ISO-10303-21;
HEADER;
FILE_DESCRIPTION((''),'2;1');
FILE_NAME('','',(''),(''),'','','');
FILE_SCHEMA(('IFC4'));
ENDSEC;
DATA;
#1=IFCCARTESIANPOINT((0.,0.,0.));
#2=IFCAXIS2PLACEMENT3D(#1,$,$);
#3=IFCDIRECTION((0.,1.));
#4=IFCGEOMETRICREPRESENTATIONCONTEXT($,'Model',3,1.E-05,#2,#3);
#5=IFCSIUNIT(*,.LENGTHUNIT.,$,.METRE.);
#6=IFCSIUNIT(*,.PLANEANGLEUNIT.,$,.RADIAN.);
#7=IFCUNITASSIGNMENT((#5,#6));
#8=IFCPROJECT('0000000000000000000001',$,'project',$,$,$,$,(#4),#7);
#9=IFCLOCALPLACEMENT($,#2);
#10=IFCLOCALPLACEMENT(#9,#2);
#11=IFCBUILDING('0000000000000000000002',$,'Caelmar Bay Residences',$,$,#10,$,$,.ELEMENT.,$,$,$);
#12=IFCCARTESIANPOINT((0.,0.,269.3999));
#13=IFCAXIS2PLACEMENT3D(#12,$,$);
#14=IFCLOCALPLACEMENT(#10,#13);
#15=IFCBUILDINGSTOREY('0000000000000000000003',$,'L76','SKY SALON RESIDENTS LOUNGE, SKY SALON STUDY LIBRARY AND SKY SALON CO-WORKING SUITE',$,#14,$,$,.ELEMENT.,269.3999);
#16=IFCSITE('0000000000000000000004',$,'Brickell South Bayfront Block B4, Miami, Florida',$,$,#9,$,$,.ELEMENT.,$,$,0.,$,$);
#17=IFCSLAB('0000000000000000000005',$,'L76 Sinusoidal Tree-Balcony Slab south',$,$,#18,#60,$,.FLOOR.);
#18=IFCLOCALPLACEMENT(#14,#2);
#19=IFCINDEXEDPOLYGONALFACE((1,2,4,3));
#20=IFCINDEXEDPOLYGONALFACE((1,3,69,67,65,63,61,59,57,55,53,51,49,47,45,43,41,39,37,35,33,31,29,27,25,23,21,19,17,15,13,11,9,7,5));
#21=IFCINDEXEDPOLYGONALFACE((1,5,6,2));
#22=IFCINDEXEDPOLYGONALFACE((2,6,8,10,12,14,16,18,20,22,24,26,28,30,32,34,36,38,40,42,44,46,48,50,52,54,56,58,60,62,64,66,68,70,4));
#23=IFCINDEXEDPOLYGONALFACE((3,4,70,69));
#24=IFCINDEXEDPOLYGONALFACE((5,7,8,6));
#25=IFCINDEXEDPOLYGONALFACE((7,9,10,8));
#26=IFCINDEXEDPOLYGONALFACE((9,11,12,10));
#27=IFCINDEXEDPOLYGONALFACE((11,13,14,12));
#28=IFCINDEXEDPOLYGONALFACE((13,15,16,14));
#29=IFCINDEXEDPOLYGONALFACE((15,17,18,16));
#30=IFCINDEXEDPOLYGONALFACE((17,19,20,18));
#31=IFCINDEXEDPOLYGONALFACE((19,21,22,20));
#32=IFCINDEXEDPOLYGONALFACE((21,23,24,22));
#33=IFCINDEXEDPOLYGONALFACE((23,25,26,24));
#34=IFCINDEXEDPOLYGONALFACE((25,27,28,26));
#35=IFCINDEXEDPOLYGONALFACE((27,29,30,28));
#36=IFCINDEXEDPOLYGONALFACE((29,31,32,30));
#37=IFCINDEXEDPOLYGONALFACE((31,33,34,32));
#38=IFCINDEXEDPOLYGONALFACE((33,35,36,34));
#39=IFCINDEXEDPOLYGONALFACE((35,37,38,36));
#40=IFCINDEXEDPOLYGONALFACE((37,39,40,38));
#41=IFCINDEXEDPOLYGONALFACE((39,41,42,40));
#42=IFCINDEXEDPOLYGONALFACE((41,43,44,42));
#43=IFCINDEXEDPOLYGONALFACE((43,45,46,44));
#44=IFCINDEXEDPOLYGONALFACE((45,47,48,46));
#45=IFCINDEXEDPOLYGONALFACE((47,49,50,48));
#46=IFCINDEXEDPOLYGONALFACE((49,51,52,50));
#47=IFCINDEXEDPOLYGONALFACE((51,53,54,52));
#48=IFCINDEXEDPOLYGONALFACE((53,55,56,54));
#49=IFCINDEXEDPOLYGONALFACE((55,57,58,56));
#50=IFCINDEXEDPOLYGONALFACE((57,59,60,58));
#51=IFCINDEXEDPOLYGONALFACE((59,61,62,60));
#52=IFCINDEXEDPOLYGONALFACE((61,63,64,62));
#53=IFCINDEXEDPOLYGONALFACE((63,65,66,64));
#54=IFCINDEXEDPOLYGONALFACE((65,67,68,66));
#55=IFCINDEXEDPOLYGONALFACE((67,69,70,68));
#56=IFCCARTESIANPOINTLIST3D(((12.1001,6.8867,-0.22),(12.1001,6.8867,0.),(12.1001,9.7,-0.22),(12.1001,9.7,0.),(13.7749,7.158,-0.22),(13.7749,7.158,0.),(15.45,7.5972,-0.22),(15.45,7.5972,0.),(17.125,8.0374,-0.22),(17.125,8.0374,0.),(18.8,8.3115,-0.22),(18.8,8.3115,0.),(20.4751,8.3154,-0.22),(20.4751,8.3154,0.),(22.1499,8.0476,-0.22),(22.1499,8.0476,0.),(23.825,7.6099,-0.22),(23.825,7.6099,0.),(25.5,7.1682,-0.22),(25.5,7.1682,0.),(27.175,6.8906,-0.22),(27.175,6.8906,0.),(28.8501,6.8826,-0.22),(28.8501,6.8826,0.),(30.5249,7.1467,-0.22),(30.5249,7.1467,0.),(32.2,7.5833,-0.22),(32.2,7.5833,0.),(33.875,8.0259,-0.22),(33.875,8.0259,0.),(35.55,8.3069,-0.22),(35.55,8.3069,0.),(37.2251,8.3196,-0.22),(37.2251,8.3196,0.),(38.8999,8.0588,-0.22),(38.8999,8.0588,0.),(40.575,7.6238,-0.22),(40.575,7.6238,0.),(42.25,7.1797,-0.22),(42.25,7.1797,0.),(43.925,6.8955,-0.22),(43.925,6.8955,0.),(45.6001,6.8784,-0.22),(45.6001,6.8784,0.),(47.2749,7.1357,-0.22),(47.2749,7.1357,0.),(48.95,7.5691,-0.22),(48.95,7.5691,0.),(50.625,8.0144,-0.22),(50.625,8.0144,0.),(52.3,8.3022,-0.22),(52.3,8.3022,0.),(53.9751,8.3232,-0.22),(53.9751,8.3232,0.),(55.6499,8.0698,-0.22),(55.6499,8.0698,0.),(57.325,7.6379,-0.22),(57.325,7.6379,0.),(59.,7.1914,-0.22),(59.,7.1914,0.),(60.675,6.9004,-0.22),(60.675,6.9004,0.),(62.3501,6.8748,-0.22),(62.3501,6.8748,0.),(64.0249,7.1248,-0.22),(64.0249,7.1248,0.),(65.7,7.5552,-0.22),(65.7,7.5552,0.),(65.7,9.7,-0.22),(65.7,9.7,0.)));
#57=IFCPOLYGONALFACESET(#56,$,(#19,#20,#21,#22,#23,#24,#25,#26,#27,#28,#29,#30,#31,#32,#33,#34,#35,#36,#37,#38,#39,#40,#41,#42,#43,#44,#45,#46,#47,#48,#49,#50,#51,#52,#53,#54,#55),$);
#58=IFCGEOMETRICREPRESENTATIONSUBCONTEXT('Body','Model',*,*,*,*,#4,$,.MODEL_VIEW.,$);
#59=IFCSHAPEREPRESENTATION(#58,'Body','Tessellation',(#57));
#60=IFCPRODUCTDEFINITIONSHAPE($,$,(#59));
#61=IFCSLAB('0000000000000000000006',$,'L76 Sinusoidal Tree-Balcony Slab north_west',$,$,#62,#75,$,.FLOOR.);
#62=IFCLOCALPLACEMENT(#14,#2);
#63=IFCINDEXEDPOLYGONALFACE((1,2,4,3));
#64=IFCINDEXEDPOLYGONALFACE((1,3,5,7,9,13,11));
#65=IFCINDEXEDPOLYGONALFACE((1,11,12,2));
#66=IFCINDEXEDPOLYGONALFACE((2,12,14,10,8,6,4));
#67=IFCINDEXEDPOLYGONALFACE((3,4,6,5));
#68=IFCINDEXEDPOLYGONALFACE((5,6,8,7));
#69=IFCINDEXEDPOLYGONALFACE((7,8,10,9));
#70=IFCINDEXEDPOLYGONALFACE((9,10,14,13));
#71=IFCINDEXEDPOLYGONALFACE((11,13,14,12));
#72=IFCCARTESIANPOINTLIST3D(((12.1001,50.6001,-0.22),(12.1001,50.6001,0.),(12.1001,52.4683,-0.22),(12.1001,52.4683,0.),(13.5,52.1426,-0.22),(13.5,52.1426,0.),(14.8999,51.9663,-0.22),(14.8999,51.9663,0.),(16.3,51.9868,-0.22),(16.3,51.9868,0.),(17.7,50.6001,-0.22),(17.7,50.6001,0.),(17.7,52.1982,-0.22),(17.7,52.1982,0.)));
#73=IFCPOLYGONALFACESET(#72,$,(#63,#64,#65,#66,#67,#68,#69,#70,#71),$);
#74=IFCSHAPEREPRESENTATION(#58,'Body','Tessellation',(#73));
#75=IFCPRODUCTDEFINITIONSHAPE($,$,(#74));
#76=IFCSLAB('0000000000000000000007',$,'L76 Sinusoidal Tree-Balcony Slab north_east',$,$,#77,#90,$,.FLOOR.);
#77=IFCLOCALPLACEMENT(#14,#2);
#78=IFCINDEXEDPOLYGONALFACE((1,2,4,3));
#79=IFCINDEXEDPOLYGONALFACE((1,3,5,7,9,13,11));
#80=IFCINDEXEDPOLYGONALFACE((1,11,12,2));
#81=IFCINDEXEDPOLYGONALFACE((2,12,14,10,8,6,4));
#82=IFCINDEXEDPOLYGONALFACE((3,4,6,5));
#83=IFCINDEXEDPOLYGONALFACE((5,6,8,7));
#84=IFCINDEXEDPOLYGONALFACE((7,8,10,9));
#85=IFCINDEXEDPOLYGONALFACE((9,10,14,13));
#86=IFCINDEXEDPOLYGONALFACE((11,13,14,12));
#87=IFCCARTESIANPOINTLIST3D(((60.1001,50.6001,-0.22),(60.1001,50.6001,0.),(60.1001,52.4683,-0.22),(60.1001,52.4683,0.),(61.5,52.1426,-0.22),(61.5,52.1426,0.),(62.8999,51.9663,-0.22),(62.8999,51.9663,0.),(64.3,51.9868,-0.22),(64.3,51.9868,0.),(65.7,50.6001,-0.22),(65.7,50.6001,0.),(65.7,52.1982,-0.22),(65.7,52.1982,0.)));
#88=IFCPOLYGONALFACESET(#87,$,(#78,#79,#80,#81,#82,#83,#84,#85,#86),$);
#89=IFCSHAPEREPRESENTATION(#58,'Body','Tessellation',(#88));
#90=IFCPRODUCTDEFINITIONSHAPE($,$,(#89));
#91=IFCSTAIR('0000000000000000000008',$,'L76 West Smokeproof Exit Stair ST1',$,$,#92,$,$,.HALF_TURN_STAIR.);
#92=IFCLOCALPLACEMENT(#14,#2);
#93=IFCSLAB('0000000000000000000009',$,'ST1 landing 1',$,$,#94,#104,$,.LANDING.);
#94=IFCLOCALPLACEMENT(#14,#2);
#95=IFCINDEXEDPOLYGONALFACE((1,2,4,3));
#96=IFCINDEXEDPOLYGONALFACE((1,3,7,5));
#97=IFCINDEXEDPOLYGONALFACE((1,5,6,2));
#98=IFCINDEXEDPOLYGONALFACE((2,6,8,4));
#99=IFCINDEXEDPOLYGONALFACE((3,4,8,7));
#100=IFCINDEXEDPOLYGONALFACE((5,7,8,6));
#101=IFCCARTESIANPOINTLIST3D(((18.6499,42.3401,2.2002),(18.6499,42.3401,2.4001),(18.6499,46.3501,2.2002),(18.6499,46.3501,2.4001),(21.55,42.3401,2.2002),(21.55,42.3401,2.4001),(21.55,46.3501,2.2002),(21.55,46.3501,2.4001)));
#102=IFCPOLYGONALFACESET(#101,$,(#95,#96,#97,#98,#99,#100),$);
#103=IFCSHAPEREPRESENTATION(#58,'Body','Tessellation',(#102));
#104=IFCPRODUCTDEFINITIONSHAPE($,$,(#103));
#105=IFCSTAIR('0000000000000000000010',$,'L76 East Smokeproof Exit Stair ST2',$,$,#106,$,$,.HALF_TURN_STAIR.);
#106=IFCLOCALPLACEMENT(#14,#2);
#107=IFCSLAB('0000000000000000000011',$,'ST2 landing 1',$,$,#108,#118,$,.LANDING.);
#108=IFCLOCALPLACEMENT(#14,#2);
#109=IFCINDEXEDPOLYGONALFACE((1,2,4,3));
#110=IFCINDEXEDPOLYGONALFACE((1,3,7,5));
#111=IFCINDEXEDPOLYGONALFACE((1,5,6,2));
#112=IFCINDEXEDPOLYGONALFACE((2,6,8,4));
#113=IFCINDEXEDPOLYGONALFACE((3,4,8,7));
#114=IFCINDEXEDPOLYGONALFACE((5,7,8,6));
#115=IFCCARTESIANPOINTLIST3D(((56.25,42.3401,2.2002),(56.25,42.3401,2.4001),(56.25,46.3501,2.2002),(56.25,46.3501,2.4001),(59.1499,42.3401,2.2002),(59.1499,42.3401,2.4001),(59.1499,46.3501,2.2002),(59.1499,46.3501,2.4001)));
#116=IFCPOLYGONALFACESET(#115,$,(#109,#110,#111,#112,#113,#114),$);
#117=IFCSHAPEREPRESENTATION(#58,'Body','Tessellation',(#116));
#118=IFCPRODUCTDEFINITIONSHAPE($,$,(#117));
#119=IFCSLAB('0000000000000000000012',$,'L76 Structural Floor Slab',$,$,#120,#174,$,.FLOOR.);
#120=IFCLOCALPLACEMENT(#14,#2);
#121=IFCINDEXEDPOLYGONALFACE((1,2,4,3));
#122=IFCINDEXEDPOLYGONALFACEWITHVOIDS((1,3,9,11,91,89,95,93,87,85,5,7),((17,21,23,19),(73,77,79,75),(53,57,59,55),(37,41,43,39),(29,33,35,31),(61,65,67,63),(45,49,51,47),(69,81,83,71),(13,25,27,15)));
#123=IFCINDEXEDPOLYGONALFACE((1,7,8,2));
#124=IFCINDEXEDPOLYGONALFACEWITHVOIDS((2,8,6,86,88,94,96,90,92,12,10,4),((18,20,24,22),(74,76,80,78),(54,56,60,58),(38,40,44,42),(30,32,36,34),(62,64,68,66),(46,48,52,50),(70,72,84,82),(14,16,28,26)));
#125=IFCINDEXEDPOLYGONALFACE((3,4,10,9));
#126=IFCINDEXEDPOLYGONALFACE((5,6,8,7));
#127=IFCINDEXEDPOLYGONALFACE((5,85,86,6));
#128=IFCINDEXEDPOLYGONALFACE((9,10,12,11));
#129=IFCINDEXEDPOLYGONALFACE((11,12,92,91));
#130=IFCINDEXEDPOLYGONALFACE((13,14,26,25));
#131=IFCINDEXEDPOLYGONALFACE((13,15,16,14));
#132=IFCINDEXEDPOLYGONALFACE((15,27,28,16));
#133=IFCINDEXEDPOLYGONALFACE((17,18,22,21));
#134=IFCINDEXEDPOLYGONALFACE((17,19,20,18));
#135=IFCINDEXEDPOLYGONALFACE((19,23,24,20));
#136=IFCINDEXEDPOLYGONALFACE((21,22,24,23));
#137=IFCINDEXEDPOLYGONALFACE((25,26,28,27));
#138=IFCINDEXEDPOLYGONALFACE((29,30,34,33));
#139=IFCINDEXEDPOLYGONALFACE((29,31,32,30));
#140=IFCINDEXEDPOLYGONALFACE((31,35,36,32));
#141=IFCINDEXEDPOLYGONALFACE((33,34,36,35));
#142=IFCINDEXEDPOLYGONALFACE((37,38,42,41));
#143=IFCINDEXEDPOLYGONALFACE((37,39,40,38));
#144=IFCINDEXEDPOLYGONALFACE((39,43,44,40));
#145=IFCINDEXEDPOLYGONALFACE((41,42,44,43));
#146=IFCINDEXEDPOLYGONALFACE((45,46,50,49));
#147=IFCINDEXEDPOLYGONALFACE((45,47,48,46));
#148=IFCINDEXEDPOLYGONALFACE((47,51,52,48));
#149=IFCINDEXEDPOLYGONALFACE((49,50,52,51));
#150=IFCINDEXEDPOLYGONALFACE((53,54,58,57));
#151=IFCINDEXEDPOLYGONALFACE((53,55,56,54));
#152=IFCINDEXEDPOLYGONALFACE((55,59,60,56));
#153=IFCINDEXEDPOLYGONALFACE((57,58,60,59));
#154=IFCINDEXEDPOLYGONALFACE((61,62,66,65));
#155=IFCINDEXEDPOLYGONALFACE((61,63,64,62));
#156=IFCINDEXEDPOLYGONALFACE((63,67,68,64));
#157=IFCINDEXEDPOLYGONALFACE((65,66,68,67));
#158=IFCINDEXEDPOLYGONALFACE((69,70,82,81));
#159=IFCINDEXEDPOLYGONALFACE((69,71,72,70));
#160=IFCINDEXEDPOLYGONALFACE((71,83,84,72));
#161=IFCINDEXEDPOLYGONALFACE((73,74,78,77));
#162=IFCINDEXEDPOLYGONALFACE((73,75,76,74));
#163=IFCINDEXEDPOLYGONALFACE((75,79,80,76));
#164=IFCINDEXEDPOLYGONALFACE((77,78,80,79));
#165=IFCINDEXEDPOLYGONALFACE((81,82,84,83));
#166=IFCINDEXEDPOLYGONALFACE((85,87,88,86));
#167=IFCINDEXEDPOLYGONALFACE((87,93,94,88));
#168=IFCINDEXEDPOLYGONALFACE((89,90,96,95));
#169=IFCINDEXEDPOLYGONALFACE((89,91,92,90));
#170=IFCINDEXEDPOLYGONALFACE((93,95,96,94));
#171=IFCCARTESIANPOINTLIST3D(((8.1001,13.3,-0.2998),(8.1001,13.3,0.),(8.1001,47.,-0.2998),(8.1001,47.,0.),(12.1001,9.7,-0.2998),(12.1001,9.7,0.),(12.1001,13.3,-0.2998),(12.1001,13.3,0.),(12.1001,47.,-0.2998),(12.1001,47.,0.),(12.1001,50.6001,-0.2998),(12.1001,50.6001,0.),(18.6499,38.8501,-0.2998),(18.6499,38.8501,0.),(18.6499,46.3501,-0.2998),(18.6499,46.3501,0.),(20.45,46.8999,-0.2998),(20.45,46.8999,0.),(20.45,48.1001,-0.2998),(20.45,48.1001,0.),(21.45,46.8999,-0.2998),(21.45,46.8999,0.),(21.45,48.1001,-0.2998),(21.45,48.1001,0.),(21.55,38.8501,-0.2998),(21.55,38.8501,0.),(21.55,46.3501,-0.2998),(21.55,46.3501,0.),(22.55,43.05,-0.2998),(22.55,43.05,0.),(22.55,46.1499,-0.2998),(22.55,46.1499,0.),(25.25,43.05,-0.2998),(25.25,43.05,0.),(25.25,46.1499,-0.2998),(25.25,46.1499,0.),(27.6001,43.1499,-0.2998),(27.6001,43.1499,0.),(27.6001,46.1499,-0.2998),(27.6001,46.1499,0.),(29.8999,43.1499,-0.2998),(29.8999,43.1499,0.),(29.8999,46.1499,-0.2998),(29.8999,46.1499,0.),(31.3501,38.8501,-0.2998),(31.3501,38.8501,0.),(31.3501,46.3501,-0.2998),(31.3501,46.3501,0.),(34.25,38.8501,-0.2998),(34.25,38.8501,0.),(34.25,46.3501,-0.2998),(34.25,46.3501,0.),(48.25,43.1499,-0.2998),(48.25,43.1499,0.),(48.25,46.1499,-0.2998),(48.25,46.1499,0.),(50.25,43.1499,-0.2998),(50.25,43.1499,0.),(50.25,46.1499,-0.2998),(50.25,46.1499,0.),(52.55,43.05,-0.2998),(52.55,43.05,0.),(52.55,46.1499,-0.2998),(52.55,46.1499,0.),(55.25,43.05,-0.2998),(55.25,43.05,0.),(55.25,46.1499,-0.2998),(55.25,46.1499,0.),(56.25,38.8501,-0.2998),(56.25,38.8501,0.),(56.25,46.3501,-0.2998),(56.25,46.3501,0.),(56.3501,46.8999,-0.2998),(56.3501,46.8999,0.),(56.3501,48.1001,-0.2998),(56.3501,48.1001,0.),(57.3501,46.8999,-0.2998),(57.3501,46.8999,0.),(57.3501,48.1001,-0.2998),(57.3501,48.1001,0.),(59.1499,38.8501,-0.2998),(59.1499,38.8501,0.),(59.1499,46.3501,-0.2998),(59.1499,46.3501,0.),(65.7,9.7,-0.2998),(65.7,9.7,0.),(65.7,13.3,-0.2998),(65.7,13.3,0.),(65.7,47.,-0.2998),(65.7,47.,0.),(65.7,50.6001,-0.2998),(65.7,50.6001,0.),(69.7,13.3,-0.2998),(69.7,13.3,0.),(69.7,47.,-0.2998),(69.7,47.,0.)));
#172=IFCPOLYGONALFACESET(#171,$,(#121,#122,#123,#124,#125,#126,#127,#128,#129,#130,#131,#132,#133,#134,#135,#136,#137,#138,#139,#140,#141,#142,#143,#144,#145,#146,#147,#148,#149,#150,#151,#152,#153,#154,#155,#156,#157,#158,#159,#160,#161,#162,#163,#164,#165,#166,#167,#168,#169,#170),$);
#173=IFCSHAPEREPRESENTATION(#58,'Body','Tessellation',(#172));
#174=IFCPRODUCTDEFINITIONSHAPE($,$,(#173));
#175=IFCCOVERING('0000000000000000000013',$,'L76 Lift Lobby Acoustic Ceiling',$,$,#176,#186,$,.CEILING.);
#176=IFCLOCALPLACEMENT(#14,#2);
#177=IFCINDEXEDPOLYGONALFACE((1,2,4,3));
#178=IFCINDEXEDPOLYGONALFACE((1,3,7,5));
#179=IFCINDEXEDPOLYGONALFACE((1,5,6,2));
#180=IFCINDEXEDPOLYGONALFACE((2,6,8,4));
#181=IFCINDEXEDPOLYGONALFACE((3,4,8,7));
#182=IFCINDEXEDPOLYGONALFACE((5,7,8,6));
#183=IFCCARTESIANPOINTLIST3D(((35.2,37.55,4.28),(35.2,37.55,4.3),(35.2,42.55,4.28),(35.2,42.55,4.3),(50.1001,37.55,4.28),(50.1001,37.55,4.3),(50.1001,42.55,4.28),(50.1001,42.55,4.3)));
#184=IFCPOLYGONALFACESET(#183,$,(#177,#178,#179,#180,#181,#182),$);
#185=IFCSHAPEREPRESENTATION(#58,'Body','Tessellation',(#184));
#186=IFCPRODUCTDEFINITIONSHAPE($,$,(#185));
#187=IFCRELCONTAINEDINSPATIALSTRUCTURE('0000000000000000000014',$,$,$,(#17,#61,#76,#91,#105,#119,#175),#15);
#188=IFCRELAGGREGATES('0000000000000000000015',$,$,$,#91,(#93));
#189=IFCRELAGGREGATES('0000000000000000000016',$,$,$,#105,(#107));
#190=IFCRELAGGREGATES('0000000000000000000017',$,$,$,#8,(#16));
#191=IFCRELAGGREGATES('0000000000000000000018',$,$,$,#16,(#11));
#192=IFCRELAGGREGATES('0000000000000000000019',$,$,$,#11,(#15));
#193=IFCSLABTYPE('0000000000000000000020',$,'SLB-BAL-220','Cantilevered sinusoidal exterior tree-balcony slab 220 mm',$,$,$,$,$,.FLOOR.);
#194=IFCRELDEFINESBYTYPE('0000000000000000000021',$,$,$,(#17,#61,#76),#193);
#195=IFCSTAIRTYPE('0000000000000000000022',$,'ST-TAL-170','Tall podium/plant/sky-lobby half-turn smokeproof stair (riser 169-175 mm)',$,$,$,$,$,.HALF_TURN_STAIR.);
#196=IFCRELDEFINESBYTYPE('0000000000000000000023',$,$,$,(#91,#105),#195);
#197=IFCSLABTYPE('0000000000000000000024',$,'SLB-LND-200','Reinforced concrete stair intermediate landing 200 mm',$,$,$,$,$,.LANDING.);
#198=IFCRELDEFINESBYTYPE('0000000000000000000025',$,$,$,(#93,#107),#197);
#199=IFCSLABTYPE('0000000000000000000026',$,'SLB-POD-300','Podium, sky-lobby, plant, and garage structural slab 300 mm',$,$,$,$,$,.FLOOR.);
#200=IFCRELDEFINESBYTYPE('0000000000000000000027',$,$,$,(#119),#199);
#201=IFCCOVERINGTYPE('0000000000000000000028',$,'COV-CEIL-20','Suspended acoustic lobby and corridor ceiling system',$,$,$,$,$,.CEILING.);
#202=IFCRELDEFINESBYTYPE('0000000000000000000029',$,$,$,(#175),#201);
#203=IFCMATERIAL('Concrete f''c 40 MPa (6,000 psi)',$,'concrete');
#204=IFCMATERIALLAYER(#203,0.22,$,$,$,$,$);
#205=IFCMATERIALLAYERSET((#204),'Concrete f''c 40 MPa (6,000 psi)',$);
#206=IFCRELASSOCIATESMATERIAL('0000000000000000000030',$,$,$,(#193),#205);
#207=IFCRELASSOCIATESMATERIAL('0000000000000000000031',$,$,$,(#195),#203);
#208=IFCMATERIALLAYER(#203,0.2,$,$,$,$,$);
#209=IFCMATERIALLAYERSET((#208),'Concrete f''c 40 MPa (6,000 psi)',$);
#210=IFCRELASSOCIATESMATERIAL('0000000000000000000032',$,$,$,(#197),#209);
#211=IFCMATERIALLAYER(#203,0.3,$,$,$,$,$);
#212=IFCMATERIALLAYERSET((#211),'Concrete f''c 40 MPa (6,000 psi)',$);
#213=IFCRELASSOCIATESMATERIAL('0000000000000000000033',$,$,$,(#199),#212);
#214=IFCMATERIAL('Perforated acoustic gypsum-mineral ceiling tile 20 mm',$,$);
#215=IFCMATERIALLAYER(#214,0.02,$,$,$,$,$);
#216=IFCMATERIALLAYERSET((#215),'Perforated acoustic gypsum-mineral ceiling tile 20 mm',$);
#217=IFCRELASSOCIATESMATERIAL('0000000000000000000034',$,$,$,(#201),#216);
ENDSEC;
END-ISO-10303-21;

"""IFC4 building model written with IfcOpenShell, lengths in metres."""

from ifc_helpers import new_model, si_unit, direction, frame, origin, place, context, subcontext, project, spatial, polyline, outline, extrude, material, layer, layer_set, type_object, element, aggregate, save


model = new_model("IFC4")

# Units and contexts
model_context = context("Model", 3, precision=1e-05, world=origin(), true_north=direction((0.0, 1.0)))
body_context = subcontext(model_context, "Body", "Model", "MODEL_VIEW")
ifc_project = project(units=[si_unit("LENGTHUNIT", "METRE"), si_unit("PLANEANGLEUNIT", "RADIAN")], contexts=[model_context])

# Site, building, storey
site_placement = place(None, origin())
site = spatial("IfcSite", under=ifc_project, at=site_placement, Name="Brickell South Bayfront Block B4, Miami, Florida", CompositionType="ELEMENT", RefElevation=0.0)
building_placement = place(site_placement, origin())
building = spatial("IfcBuilding", under=site, at=building_placement, Name="Caelmar Bay Residences", CompositionType="ELEMENT")
storey_placement = place(building_placement, frame((0.0, 0.0, 269.3999)))
storey = spatial("IfcBuildingStorey", under=building, at=storey_placement, Name="L76", Description="SKY SALON RESIDENTS LOUNGE, SKY SALON STUDY LIBRARY AND SKY SALON CO-WORKING SUITE", CompositionType="ELEMENT", Elevation=269.3999)

# Slabs
ifc_material_1 = material(Name="Concrete f'c 40 MPa (6,000 psi)", Category="concrete")
ifc_layer_1 = layer(ifc_material_1, 0.22)
ifc_layer_set_1 = layer_set([ifc_layer_1], Name="Concrete f'c 40 MPa (6,000 psi)")
slab_type_1 = type_object("IfcSlabType", Name="SLB-BAL-220", Description="Cantilevered sinusoidal exterior tree-balcony slab 220 mm", PredefinedType="FLOOR", material=ifc_layer_set_1)
slab_1_placement = place(storey_placement, frame((0.0, 0.0, -0.22)))
element("IfcSlab", 1, at=slab_1_placement, inside=storey, type_object=slab_type_1, Name="L76 Sinusoidal Tree-Balcony Slab south", PredefinedType="FLOOR", context=body_context, shape_type="SweptSolid", body=[
    extrude(outline(polyline([(12.1001, 6.8867), (13.7749, 7.158), (15.45, 7.5972), (17.125, 8.0374), (18.8, 8.3115), (20.4751, 8.3154), (22.1499, 8.0476), (23.825, 7.6099), (25.5, 7.1682), (27.175, 6.8906), (28.8501, 6.8826), (30.5249, 7.1467), (32.2, 7.5833), (33.875, 8.0259), (35.55, 8.3069), (37.2251, 8.3196), (38.8999, 8.0588), (40.575, 7.6238), (42.25, 7.1797), (43.925, 6.8955), (45.6001, 6.8784), (47.2749, 7.1357), (48.95, 7.5691), (50.625, 8.0144), (52.3, 8.3022), (53.9751, 8.3232), (55.6499, 8.0698), (57.325, 7.6379), (59.0, 7.1914), (60.675, 6.9004), (62.3501, 6.8748), (64.0249, 7.1248), (65.7, 7.5552), (65.7, 9.7), (12.1001, 9.7), (12.1001, 6.8867)])), origin(), (0.0, 0.0, 1.0), 0.22),
])
slab_2_placement = place(storey_placement, frame((0.0, 0.0, -0.22)))
element("IfcSlab", 2, at=slab_2_placement, inside=storey, type_object=slab_type_1, Name="L76 Sinusoidal Tree-Balcony Slab north_west", PredefinedType="FLOOR", context=body_context, shape_type="SweptSolid", body=[
    extrude(outline(polyline([(12.1001, 50.6001), (17.7, 50.6001), (17.7, 52.1982), (16.3, 51.9868), (14.8999, 51.9663), (13.5, 52.1426), (12.1001, 52.4683), (12.1001, 50.6001)])), origin(), (0.0, 0.0, 1.0), 0.22),
])
slab_3_placement = place(storey_placement, frame((0.0, 0.0, -0.22)))
element("IfcSlab", 3, at=slab_3_placement, inside=storey, type_object=slab_type_1, Name="L76 Sinusoidal Tree-Balcony Slab north_east", PredefinedType="FLOOR", context=body_context, shape_type="SweptSolid", body=[
    extrude(outline(polyline([(60.1001, 50.6001), (65.7, 50.6001), (65.7, 52.1982), (64.3, 51.9868), (62.8999, 51.9663), (61.5, 52.1426), (60.1001, 52.4683), (60.1001, 50.6001)])), origin(), (0.0, 0.0, 1.0), 0.22),
])

# Stairs, slabs
stair_type = type_object("IfcStairType", Name="ST-TAL-170", Description="Tall podium/plant/sky-lobby half-turn smokeproof stair (riser 169-175 mm)", PredefinedType="HALF_TURN_STAIR", material=ifc_material_1)
stair_1_placement = place(storey_placement, origin())
stair_1 = element("IfcStair", 4, at=stair_1_placement, inside=storey, type_object=stair_type, Name="L76 West Smokeproof Exit Stair ST1", PredefinedType="HALF_TURN_STAIR")
ifc_layer_2 = layer(ifc_material_1, 0.2)
ifc_layer_set_2 = layer_set([ifc_layer_2], Name="Concrete f'c 40 MPa (6,000 psi)")
slab_type_2 = type_object("IfcSlabType", Name="SLB-LND-200", Description="Reinforced concrete stair intermediate landing 200 mm", PredefinedType="LANDING", material=ifc_layer_set_2)
slab_4_placement = place(storey_placement, frame((0.0, 0.0, 2.2002)))
slab_4 = element("IfcSlab", 5, at=slab_4_placement, type_object=slab_type_2, Name="ST1 landing 1", PredefinedType="LANDING", context=body_context, shape_type="SweptSolid", body=[
    extrude(outline(polyline([(21.55, 42.3401), (21.55, 46.3501), (18.6499, 46.3501), (18.6499, 42.3401), (21.55, 42.3401)])), origin(), (0.0, 0.0, 1.0), 0.2),
])
aggregate(stair_1, [slab_4])
stair_2_placement = place(storey_placement, origin())
stair_2 = element("IfcStair", 6, at=stair_2_placement, inside=storey, type_object=stair_type, Name="L76 East Smokeproof Exit Stair ST2", PredefinedType="HALF_TURN_STAIR")
slab_5_placement = place(storey_placement, frame((0.0, 0.0, 2.2002)))
slab_5 = element("IfcSlab", 7, at=slab_5_placement, type_object=slab_type_2, Name="ST2 landing 1", PredefinedType="LANDING", context=body_context, shape_type="SweptSolid", body=[
    extrude(outline(polyline([(59.1499, 42.3401), (59.1499, 46.3501), (56.25, 46.3501), (56.25, 42.3401), (59.1499, 42.3401)])), origin(), (0.0, 0.0, 1.0), 0.2),
])
aggregate(stair_2, [slab_5])

# Slab
ifc_layer_3 = layer(ifc_material_1, 0.3)
ifc_layer_set_3 = layer_set([ifc_layer_3], Name="Concrete f'c 40 MPa (6,000 psi)")
slab_type_3 = type_object("IfcSlabType", Name="SLB-POD-300", Description="Podium, sky-lobby, plant, and garage structural slab 300 mm", PredefinedType="FLOOR", material=ifc_layer_set_3)
slab_6_placement = place(storey_placement, frame((0.0, 0.0, -0.2998)))
element("IfcSlab", 8, at=slab_6_placement, inside=storey, type_object=slab_type_3, Name="L76 Structural Floor Slab", PredefinedType="FLOOR", context=body_context, shape_type="SweptSolid", body=[
    extrude(outline(polyline([(12.1001, 9.7), (65.7, 9.7), (65.7, 13.3), (69.7, 13.3), (69.7, 47.0), (65.7, 47.0), (65.7, 50.6001), (12.1001, 50.6001), (12.1001, 47.0), (8.1001, 47.0), (8.1001, 13.3), (12.1001, 13.3), (12.1001, 9.7)]), holes=[polyline([(18.6499, 38.8501), (21.55, 38.8501), (21.55, 46.3501), (18.6499, 46.3501), (18.6499, 38.8501)]), polyline([(56.25, 38.8501), (59.1499, 38.8501), (59.1499, 46.3501), (56.25, 46.3501), (56.25, 38.8501)]), polyline([(31.3501, 38.8501), (34.25, 38.8501), (34.25, 46.3501), (31.3501, 46.3501), (31.3501, 38.8501)]), polyline([(22.55, 43.05), (25.25, 43.05), (25.25, 46.1499), (22.55, 46.1499), (22.55, 43.05)]), polyline([(52.55, 43.05), (55.25, 43.05), (55.25, 46.1499), (52.55, 46.1499), (52.55, 43.05)]), polyline([(48.25, 43.1499), (50.25, 43.1499), (50.25, 46.1499), (48.25, 46.1499), (48.25, 43.1499)]), polyline([(27.6001, 43.1499), (29.8999, 43.1499), (29.8999, 46.1499), (27.6001, 46.1499), (27.6001, 43.1499)]), polyline([(20.45, 46.8999), (21.45, 46.8999), (21.45, 48.1001), (20.45, 48.1001), (20.45, 46.8999)]), polyline([(56.3501, 46.8999), (57.3501, 46.8999), (57.3501, 48.1001), (56.3501, 48.1001), (56.3501, 46.8999)])]), origin(), (0.0, 0.0, 1.0), 0.2998),
])

# Covering
ifc_material_2 = material(Name="Perforated acoustic gypsum-mineral ceiling tile 20 mm")
ifc_layer_4 = layer(ifc_material_2, 0.02)
ifc_layer_set_4 = layer_set([ifc_layer_4], Name="Perforated acoustic gypsum-mineral ceiling tile 20 mm")
covering_type_1 = type_object("IfcCoveringType", Name="COV-CEIL-20", Description="Suspended acoustic lobby and corridor ceiling system", PredefinedType="CEILING", material=ifc_layer_set_4)
covering_1_placement = place(storey_placement, frame((0.0, 0.0, 4.28)))
element("IfcCovering", 9, at=covering_1_placement, inside=storey, type_object=covering_type_1, Name="L76 Lift Lobby Acoustic Ceiling", PredefinedType="CEILING", context=body_context, shape_type="SweptSolid", body=[
    extrude(outline(polyline([(35.2, 37.55), (50.1001, 37.55), (50.1001, 42.55), (35.2, 42.55), (35.2, 37.55)])), origin(), (0.0, 0.0, 1.0), 0.02),
])

save(model, "model.ifc")
